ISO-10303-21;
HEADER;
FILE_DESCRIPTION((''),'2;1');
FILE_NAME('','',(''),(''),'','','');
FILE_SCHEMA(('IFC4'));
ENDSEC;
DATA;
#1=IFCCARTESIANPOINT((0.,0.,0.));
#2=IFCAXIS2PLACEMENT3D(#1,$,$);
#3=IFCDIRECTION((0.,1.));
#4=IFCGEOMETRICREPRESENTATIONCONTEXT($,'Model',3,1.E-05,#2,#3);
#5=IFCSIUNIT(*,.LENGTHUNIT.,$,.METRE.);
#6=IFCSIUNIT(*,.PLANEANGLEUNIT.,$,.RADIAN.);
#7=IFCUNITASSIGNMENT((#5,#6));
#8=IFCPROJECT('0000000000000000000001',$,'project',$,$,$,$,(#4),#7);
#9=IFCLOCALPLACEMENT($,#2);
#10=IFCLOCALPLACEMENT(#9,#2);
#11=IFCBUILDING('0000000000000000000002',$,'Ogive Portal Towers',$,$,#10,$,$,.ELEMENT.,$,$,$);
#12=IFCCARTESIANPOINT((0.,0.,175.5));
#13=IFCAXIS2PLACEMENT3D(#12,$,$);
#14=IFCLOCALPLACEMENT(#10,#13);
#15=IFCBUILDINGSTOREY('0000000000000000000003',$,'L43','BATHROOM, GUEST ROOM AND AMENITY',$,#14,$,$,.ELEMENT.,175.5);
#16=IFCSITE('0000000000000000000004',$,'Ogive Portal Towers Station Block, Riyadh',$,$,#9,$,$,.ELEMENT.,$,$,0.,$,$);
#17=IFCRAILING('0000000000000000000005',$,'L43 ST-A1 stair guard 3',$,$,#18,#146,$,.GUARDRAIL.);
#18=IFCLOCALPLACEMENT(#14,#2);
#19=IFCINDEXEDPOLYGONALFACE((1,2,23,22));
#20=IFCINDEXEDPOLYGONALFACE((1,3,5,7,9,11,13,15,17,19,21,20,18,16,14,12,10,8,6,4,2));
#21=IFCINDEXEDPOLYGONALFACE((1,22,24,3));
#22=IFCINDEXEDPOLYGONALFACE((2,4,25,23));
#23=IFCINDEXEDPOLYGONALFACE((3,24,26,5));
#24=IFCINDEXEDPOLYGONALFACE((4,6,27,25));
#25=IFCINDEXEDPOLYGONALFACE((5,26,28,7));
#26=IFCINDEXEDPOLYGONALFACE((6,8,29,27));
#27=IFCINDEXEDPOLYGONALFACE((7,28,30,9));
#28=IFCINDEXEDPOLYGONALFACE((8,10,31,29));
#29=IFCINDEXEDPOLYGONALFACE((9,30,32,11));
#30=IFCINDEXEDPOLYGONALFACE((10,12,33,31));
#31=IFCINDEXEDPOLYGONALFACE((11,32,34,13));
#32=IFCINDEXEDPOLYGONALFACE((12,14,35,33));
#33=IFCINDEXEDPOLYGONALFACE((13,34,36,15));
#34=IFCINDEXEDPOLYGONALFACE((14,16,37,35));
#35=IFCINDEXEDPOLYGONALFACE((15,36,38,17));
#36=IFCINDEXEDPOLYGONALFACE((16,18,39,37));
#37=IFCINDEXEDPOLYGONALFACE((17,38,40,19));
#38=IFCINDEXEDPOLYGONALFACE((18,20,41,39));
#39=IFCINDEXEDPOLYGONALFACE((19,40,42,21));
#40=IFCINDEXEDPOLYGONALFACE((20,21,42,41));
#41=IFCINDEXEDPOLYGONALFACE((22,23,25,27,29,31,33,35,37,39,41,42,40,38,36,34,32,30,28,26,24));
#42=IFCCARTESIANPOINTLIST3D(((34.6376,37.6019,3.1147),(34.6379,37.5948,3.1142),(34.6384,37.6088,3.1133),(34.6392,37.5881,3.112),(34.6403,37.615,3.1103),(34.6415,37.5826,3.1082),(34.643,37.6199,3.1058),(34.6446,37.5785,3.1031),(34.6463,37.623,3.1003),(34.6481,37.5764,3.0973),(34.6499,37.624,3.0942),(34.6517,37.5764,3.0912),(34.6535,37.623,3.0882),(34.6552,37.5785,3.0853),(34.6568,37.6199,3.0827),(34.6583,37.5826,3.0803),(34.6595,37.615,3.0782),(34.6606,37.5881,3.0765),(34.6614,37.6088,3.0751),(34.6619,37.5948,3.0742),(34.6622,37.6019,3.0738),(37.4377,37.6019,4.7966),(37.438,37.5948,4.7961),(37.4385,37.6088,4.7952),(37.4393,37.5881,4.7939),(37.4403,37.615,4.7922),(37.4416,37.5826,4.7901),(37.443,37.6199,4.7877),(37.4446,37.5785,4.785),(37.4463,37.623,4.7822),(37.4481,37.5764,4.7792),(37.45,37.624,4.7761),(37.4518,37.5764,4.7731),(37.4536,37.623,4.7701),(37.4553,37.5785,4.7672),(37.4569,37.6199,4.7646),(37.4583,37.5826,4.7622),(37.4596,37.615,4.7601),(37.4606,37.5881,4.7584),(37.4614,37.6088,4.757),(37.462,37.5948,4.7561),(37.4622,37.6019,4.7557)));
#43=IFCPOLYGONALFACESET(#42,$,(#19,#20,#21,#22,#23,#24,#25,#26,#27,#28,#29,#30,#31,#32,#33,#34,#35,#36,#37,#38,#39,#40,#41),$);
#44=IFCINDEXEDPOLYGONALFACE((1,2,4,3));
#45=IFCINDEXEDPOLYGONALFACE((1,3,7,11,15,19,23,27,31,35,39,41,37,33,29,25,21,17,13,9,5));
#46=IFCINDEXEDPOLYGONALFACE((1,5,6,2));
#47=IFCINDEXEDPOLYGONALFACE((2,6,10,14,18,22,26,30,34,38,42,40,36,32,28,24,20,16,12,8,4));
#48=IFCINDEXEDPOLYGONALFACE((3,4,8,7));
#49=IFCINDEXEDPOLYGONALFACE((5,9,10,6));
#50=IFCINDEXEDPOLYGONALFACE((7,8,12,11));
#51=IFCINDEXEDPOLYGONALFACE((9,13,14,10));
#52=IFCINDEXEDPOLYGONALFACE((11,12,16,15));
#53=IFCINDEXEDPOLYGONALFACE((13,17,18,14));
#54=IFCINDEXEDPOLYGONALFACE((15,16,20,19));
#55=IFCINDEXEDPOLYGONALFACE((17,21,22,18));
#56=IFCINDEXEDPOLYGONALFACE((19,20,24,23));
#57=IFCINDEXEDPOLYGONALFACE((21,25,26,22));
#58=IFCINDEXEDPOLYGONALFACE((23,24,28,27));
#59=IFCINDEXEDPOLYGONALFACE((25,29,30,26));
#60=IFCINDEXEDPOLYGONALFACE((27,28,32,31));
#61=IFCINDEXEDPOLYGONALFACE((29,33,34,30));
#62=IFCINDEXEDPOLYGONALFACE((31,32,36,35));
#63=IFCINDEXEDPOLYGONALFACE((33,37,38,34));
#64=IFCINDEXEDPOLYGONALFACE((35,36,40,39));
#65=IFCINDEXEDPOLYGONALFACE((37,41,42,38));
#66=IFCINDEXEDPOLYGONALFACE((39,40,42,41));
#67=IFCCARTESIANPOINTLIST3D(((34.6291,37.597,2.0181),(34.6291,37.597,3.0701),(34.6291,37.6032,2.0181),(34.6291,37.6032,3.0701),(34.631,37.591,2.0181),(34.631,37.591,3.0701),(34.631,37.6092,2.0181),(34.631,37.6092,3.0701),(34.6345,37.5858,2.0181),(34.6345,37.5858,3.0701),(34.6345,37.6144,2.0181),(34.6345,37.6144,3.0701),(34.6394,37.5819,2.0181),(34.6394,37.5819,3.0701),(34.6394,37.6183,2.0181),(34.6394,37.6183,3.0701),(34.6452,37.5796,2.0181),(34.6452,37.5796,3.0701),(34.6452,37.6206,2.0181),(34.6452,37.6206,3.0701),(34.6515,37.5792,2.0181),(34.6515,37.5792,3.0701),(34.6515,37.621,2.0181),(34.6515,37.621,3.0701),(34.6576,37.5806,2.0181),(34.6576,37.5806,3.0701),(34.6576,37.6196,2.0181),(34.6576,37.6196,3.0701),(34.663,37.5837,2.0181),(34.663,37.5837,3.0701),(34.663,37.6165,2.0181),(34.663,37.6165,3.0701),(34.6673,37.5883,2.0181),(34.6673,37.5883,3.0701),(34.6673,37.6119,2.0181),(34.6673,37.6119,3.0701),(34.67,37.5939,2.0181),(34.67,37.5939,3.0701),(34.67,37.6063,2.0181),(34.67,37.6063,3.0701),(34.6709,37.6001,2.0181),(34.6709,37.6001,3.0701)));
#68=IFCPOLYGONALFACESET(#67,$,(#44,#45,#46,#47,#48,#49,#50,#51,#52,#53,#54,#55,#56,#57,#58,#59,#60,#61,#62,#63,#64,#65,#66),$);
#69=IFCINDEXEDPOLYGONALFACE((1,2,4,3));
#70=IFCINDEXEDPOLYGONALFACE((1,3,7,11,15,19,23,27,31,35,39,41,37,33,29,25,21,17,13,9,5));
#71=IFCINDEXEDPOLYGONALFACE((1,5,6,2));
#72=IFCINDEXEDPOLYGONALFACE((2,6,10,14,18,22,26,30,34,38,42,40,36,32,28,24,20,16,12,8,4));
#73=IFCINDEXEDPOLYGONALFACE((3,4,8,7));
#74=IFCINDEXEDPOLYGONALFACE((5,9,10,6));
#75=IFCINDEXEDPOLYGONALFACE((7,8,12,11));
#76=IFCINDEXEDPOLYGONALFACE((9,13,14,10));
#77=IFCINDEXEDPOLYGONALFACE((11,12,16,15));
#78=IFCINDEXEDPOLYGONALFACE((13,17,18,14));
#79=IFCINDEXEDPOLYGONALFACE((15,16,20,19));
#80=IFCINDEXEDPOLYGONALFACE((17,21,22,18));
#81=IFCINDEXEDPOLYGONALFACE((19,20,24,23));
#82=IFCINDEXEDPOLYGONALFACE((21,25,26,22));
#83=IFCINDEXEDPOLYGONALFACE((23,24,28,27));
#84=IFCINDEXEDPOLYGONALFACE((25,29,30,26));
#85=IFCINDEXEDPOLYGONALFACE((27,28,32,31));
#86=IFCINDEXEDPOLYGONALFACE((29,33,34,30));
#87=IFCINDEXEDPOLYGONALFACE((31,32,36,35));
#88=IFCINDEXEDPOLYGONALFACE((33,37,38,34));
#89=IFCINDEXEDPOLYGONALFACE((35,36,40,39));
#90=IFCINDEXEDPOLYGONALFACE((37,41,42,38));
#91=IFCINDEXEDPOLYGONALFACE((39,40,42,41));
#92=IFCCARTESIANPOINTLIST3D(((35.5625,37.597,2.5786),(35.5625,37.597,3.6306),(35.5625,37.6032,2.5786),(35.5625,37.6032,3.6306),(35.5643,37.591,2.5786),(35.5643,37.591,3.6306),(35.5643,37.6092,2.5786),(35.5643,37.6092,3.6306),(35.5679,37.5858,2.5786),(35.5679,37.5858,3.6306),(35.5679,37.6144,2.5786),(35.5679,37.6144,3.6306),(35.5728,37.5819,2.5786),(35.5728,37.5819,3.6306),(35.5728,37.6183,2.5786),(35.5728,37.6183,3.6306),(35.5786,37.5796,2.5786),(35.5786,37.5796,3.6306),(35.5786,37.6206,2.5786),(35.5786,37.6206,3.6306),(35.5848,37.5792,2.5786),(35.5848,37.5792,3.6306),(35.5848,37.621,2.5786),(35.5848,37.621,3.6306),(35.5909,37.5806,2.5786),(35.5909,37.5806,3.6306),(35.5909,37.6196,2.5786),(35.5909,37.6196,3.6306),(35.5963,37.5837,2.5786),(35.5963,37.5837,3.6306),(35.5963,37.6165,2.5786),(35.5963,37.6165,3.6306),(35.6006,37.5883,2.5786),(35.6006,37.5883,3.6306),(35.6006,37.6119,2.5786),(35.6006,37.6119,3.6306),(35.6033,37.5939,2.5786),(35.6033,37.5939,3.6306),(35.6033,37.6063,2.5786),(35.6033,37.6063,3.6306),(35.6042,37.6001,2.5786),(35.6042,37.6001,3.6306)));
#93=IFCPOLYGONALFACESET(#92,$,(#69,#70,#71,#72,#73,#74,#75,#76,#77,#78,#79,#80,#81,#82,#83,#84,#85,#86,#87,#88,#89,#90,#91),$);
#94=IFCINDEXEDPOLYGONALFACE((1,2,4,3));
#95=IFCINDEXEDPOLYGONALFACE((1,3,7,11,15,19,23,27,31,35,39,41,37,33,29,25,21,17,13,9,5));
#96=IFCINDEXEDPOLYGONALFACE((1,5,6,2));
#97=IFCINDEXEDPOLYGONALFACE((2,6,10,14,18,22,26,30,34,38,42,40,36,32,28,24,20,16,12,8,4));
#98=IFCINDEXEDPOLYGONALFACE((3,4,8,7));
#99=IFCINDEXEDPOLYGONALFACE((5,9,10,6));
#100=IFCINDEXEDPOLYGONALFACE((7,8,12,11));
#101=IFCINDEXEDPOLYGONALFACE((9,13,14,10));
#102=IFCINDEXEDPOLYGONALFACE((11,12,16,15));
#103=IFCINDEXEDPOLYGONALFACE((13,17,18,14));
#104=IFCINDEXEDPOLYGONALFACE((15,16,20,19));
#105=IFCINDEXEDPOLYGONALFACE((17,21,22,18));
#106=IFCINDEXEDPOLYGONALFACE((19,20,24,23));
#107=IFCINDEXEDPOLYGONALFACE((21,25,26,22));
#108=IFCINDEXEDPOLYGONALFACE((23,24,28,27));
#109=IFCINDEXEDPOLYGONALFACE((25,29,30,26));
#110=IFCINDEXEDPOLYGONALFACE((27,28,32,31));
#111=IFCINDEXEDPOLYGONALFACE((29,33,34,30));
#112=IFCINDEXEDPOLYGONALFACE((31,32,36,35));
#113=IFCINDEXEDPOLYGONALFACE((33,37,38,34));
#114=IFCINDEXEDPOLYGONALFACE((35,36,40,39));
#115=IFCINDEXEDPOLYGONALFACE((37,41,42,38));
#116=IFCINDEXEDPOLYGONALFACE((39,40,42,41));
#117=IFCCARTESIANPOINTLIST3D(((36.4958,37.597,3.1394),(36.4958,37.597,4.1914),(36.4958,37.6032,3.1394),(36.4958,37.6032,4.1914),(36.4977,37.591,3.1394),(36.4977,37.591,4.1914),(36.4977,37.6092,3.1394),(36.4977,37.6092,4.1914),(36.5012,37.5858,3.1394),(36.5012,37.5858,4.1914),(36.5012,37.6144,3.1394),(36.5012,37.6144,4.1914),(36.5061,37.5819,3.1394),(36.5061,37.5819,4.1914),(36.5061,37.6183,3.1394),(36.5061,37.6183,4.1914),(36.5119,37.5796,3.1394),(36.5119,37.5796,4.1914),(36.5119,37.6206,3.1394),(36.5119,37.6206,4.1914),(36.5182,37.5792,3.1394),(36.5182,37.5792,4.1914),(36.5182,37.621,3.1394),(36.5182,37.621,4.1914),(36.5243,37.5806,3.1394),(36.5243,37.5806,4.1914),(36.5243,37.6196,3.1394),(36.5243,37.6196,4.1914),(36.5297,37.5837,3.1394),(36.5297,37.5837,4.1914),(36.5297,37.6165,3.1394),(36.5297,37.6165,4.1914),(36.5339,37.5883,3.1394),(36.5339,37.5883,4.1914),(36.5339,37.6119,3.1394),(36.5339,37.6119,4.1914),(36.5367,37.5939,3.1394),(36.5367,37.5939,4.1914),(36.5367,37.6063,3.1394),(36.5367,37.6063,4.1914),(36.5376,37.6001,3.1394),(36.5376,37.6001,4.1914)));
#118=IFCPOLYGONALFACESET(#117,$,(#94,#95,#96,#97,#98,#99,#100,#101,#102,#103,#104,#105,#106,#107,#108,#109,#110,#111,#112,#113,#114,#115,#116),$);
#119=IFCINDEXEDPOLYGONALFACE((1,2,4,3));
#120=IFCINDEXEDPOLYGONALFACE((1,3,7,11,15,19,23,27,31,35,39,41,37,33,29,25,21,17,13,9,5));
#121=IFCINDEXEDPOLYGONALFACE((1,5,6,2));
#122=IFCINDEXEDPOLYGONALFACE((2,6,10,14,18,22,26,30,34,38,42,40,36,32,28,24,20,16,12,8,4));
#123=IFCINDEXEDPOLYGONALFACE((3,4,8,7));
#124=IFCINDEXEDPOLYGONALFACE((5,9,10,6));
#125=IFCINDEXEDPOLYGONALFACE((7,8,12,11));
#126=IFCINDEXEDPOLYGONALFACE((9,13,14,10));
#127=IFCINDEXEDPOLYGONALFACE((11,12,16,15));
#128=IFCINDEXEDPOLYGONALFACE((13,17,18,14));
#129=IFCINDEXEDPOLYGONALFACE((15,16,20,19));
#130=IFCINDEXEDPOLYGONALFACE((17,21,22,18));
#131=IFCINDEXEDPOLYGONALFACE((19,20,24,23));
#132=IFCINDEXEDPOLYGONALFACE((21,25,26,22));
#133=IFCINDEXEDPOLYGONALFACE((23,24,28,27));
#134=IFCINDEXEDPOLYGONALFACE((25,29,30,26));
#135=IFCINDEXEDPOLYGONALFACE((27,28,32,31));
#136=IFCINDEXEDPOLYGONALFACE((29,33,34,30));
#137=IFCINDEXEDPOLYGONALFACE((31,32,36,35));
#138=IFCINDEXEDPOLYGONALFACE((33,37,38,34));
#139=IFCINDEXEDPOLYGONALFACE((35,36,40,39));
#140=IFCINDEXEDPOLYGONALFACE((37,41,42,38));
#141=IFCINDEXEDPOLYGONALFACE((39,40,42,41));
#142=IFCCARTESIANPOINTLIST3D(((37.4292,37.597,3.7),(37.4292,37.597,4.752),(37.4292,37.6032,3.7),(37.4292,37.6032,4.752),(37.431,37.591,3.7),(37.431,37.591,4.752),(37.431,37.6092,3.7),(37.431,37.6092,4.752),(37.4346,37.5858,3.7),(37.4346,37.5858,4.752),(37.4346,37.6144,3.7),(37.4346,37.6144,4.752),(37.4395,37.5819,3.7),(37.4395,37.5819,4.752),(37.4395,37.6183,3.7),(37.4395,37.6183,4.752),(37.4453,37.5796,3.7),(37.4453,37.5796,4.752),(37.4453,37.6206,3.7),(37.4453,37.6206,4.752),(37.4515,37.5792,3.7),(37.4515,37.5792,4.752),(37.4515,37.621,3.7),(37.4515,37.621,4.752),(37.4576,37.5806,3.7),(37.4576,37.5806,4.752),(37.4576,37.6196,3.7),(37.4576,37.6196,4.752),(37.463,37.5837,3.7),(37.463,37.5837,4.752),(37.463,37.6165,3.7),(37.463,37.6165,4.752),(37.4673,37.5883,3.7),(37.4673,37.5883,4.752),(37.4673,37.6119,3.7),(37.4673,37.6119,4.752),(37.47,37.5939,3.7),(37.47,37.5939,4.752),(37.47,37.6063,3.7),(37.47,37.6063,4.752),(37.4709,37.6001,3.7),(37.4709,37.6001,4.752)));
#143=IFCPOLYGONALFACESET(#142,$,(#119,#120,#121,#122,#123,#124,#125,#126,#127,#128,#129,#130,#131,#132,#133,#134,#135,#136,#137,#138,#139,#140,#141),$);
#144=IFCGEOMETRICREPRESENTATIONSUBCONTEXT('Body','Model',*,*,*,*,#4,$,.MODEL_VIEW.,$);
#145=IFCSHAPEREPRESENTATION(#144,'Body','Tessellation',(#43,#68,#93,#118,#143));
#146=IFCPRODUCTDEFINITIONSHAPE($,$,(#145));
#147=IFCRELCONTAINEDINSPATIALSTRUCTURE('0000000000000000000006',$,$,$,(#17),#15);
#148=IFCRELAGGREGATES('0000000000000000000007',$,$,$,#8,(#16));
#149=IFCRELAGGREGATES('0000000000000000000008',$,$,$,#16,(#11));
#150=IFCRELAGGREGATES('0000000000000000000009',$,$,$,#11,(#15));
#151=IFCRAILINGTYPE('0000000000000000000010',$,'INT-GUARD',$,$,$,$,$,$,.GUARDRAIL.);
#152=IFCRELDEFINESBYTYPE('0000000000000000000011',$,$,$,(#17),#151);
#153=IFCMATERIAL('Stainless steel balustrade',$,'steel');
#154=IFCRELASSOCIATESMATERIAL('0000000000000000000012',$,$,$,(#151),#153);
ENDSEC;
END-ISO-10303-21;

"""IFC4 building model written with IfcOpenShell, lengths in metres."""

from ifc_helpers import new_model, si_unit, direction, frame, origin, origin_2d, place, context, subcontext, project, spatial, circle, extrude, material, type_object, element, save


model = new_model("IFC4")

# Units and contexts
model_context = context("Model", 3, precision=1e-05, world=origin(), true_north=direction((0.0, 1.0)))
body_context = subcontext(model_context, "Body", "Model", "MODEL_VIEW")
ifc_project = project(units=[si_unit("LENGTHUNIT", "METRE"), si_unit("PLANEANGLEUNIT", "RADIAN")], contexts=[model_context])

# Site, building, storey
site_placement = place(None, origin())
site = spatial("IfcSite", under=ifc_project, at=site_placement, Name="Ogive Portal Towers Station Block, Riyadh", CompositionType="ELEMENT", RefElevation=0.0)
building_placement = place(site_placement, origin())
building = spatial("IfcBuilding", under=site, at=building_placement, Name="Ogive Portal Towers", CompositionType="ELEMENT")
storey_placement = place(building_placement, frame((0.0, 0.0, 175.5)))
storey = spatial("IfcBuildingStorey", under=building, at=storey_placement, Name="L43", Description="BATHROOM, GUEST ROOM AND AMENITY", CompositionType="ELEMENT", Elevation=175.5)

# Railing
ifc_material_1 = material(Name="Stainless steel balustrade", Category="steel")
railing_type_1 = type_object("IfcRailingType", Name="INT-GUARD", PredefinedType="GUARDRAIL", material=ifc_material_1)
railing_1_placement = place(storey_placement, frame((34.6499, 37.6001, 2.0181)))
element("IfcRailing", 1, at=railing_1_placement, inside=storey, type_object=railing_type_1, Name="L43 ST-A1 stair guard 3", PredefinedType="GUARDRAIL", context=body_context, shape_type="SweptSolid", body=[
    extrude(circle(Radius=0.0239, at=origin_2d()), frame((0.0, 0.0, 1.0762), z_axis=(0.857242, 0.0, 0.514913), x_axis=(0.0, 1.0, 0.0)), (0.0, 0.0, 1.0), 3.2664),
    extrude(circle(Radius=0.021, at=origin_2d()), origin(), (0.0, 0.0, 1.0), 1.052),
    extrude(circle(Radius=0.021, at=origin_2d()), frame((0.9333, 0.0, 0.5605)), (0.0, 0.0, 1.0), 1.052),
    extrude(circle(Radius=0.021, at=origin_2d()), frame((1.8667, 0.0, 1.1213)), (0.0, 0.0, 1.0), 1.052),
    extrude(circle(Radius=0.021, at=origin_2d()), frame((2.8, 0.0, 1.6819)), (0.0, 0.0, 1.0), 1.052),
])

save(model, "model.ifc")
